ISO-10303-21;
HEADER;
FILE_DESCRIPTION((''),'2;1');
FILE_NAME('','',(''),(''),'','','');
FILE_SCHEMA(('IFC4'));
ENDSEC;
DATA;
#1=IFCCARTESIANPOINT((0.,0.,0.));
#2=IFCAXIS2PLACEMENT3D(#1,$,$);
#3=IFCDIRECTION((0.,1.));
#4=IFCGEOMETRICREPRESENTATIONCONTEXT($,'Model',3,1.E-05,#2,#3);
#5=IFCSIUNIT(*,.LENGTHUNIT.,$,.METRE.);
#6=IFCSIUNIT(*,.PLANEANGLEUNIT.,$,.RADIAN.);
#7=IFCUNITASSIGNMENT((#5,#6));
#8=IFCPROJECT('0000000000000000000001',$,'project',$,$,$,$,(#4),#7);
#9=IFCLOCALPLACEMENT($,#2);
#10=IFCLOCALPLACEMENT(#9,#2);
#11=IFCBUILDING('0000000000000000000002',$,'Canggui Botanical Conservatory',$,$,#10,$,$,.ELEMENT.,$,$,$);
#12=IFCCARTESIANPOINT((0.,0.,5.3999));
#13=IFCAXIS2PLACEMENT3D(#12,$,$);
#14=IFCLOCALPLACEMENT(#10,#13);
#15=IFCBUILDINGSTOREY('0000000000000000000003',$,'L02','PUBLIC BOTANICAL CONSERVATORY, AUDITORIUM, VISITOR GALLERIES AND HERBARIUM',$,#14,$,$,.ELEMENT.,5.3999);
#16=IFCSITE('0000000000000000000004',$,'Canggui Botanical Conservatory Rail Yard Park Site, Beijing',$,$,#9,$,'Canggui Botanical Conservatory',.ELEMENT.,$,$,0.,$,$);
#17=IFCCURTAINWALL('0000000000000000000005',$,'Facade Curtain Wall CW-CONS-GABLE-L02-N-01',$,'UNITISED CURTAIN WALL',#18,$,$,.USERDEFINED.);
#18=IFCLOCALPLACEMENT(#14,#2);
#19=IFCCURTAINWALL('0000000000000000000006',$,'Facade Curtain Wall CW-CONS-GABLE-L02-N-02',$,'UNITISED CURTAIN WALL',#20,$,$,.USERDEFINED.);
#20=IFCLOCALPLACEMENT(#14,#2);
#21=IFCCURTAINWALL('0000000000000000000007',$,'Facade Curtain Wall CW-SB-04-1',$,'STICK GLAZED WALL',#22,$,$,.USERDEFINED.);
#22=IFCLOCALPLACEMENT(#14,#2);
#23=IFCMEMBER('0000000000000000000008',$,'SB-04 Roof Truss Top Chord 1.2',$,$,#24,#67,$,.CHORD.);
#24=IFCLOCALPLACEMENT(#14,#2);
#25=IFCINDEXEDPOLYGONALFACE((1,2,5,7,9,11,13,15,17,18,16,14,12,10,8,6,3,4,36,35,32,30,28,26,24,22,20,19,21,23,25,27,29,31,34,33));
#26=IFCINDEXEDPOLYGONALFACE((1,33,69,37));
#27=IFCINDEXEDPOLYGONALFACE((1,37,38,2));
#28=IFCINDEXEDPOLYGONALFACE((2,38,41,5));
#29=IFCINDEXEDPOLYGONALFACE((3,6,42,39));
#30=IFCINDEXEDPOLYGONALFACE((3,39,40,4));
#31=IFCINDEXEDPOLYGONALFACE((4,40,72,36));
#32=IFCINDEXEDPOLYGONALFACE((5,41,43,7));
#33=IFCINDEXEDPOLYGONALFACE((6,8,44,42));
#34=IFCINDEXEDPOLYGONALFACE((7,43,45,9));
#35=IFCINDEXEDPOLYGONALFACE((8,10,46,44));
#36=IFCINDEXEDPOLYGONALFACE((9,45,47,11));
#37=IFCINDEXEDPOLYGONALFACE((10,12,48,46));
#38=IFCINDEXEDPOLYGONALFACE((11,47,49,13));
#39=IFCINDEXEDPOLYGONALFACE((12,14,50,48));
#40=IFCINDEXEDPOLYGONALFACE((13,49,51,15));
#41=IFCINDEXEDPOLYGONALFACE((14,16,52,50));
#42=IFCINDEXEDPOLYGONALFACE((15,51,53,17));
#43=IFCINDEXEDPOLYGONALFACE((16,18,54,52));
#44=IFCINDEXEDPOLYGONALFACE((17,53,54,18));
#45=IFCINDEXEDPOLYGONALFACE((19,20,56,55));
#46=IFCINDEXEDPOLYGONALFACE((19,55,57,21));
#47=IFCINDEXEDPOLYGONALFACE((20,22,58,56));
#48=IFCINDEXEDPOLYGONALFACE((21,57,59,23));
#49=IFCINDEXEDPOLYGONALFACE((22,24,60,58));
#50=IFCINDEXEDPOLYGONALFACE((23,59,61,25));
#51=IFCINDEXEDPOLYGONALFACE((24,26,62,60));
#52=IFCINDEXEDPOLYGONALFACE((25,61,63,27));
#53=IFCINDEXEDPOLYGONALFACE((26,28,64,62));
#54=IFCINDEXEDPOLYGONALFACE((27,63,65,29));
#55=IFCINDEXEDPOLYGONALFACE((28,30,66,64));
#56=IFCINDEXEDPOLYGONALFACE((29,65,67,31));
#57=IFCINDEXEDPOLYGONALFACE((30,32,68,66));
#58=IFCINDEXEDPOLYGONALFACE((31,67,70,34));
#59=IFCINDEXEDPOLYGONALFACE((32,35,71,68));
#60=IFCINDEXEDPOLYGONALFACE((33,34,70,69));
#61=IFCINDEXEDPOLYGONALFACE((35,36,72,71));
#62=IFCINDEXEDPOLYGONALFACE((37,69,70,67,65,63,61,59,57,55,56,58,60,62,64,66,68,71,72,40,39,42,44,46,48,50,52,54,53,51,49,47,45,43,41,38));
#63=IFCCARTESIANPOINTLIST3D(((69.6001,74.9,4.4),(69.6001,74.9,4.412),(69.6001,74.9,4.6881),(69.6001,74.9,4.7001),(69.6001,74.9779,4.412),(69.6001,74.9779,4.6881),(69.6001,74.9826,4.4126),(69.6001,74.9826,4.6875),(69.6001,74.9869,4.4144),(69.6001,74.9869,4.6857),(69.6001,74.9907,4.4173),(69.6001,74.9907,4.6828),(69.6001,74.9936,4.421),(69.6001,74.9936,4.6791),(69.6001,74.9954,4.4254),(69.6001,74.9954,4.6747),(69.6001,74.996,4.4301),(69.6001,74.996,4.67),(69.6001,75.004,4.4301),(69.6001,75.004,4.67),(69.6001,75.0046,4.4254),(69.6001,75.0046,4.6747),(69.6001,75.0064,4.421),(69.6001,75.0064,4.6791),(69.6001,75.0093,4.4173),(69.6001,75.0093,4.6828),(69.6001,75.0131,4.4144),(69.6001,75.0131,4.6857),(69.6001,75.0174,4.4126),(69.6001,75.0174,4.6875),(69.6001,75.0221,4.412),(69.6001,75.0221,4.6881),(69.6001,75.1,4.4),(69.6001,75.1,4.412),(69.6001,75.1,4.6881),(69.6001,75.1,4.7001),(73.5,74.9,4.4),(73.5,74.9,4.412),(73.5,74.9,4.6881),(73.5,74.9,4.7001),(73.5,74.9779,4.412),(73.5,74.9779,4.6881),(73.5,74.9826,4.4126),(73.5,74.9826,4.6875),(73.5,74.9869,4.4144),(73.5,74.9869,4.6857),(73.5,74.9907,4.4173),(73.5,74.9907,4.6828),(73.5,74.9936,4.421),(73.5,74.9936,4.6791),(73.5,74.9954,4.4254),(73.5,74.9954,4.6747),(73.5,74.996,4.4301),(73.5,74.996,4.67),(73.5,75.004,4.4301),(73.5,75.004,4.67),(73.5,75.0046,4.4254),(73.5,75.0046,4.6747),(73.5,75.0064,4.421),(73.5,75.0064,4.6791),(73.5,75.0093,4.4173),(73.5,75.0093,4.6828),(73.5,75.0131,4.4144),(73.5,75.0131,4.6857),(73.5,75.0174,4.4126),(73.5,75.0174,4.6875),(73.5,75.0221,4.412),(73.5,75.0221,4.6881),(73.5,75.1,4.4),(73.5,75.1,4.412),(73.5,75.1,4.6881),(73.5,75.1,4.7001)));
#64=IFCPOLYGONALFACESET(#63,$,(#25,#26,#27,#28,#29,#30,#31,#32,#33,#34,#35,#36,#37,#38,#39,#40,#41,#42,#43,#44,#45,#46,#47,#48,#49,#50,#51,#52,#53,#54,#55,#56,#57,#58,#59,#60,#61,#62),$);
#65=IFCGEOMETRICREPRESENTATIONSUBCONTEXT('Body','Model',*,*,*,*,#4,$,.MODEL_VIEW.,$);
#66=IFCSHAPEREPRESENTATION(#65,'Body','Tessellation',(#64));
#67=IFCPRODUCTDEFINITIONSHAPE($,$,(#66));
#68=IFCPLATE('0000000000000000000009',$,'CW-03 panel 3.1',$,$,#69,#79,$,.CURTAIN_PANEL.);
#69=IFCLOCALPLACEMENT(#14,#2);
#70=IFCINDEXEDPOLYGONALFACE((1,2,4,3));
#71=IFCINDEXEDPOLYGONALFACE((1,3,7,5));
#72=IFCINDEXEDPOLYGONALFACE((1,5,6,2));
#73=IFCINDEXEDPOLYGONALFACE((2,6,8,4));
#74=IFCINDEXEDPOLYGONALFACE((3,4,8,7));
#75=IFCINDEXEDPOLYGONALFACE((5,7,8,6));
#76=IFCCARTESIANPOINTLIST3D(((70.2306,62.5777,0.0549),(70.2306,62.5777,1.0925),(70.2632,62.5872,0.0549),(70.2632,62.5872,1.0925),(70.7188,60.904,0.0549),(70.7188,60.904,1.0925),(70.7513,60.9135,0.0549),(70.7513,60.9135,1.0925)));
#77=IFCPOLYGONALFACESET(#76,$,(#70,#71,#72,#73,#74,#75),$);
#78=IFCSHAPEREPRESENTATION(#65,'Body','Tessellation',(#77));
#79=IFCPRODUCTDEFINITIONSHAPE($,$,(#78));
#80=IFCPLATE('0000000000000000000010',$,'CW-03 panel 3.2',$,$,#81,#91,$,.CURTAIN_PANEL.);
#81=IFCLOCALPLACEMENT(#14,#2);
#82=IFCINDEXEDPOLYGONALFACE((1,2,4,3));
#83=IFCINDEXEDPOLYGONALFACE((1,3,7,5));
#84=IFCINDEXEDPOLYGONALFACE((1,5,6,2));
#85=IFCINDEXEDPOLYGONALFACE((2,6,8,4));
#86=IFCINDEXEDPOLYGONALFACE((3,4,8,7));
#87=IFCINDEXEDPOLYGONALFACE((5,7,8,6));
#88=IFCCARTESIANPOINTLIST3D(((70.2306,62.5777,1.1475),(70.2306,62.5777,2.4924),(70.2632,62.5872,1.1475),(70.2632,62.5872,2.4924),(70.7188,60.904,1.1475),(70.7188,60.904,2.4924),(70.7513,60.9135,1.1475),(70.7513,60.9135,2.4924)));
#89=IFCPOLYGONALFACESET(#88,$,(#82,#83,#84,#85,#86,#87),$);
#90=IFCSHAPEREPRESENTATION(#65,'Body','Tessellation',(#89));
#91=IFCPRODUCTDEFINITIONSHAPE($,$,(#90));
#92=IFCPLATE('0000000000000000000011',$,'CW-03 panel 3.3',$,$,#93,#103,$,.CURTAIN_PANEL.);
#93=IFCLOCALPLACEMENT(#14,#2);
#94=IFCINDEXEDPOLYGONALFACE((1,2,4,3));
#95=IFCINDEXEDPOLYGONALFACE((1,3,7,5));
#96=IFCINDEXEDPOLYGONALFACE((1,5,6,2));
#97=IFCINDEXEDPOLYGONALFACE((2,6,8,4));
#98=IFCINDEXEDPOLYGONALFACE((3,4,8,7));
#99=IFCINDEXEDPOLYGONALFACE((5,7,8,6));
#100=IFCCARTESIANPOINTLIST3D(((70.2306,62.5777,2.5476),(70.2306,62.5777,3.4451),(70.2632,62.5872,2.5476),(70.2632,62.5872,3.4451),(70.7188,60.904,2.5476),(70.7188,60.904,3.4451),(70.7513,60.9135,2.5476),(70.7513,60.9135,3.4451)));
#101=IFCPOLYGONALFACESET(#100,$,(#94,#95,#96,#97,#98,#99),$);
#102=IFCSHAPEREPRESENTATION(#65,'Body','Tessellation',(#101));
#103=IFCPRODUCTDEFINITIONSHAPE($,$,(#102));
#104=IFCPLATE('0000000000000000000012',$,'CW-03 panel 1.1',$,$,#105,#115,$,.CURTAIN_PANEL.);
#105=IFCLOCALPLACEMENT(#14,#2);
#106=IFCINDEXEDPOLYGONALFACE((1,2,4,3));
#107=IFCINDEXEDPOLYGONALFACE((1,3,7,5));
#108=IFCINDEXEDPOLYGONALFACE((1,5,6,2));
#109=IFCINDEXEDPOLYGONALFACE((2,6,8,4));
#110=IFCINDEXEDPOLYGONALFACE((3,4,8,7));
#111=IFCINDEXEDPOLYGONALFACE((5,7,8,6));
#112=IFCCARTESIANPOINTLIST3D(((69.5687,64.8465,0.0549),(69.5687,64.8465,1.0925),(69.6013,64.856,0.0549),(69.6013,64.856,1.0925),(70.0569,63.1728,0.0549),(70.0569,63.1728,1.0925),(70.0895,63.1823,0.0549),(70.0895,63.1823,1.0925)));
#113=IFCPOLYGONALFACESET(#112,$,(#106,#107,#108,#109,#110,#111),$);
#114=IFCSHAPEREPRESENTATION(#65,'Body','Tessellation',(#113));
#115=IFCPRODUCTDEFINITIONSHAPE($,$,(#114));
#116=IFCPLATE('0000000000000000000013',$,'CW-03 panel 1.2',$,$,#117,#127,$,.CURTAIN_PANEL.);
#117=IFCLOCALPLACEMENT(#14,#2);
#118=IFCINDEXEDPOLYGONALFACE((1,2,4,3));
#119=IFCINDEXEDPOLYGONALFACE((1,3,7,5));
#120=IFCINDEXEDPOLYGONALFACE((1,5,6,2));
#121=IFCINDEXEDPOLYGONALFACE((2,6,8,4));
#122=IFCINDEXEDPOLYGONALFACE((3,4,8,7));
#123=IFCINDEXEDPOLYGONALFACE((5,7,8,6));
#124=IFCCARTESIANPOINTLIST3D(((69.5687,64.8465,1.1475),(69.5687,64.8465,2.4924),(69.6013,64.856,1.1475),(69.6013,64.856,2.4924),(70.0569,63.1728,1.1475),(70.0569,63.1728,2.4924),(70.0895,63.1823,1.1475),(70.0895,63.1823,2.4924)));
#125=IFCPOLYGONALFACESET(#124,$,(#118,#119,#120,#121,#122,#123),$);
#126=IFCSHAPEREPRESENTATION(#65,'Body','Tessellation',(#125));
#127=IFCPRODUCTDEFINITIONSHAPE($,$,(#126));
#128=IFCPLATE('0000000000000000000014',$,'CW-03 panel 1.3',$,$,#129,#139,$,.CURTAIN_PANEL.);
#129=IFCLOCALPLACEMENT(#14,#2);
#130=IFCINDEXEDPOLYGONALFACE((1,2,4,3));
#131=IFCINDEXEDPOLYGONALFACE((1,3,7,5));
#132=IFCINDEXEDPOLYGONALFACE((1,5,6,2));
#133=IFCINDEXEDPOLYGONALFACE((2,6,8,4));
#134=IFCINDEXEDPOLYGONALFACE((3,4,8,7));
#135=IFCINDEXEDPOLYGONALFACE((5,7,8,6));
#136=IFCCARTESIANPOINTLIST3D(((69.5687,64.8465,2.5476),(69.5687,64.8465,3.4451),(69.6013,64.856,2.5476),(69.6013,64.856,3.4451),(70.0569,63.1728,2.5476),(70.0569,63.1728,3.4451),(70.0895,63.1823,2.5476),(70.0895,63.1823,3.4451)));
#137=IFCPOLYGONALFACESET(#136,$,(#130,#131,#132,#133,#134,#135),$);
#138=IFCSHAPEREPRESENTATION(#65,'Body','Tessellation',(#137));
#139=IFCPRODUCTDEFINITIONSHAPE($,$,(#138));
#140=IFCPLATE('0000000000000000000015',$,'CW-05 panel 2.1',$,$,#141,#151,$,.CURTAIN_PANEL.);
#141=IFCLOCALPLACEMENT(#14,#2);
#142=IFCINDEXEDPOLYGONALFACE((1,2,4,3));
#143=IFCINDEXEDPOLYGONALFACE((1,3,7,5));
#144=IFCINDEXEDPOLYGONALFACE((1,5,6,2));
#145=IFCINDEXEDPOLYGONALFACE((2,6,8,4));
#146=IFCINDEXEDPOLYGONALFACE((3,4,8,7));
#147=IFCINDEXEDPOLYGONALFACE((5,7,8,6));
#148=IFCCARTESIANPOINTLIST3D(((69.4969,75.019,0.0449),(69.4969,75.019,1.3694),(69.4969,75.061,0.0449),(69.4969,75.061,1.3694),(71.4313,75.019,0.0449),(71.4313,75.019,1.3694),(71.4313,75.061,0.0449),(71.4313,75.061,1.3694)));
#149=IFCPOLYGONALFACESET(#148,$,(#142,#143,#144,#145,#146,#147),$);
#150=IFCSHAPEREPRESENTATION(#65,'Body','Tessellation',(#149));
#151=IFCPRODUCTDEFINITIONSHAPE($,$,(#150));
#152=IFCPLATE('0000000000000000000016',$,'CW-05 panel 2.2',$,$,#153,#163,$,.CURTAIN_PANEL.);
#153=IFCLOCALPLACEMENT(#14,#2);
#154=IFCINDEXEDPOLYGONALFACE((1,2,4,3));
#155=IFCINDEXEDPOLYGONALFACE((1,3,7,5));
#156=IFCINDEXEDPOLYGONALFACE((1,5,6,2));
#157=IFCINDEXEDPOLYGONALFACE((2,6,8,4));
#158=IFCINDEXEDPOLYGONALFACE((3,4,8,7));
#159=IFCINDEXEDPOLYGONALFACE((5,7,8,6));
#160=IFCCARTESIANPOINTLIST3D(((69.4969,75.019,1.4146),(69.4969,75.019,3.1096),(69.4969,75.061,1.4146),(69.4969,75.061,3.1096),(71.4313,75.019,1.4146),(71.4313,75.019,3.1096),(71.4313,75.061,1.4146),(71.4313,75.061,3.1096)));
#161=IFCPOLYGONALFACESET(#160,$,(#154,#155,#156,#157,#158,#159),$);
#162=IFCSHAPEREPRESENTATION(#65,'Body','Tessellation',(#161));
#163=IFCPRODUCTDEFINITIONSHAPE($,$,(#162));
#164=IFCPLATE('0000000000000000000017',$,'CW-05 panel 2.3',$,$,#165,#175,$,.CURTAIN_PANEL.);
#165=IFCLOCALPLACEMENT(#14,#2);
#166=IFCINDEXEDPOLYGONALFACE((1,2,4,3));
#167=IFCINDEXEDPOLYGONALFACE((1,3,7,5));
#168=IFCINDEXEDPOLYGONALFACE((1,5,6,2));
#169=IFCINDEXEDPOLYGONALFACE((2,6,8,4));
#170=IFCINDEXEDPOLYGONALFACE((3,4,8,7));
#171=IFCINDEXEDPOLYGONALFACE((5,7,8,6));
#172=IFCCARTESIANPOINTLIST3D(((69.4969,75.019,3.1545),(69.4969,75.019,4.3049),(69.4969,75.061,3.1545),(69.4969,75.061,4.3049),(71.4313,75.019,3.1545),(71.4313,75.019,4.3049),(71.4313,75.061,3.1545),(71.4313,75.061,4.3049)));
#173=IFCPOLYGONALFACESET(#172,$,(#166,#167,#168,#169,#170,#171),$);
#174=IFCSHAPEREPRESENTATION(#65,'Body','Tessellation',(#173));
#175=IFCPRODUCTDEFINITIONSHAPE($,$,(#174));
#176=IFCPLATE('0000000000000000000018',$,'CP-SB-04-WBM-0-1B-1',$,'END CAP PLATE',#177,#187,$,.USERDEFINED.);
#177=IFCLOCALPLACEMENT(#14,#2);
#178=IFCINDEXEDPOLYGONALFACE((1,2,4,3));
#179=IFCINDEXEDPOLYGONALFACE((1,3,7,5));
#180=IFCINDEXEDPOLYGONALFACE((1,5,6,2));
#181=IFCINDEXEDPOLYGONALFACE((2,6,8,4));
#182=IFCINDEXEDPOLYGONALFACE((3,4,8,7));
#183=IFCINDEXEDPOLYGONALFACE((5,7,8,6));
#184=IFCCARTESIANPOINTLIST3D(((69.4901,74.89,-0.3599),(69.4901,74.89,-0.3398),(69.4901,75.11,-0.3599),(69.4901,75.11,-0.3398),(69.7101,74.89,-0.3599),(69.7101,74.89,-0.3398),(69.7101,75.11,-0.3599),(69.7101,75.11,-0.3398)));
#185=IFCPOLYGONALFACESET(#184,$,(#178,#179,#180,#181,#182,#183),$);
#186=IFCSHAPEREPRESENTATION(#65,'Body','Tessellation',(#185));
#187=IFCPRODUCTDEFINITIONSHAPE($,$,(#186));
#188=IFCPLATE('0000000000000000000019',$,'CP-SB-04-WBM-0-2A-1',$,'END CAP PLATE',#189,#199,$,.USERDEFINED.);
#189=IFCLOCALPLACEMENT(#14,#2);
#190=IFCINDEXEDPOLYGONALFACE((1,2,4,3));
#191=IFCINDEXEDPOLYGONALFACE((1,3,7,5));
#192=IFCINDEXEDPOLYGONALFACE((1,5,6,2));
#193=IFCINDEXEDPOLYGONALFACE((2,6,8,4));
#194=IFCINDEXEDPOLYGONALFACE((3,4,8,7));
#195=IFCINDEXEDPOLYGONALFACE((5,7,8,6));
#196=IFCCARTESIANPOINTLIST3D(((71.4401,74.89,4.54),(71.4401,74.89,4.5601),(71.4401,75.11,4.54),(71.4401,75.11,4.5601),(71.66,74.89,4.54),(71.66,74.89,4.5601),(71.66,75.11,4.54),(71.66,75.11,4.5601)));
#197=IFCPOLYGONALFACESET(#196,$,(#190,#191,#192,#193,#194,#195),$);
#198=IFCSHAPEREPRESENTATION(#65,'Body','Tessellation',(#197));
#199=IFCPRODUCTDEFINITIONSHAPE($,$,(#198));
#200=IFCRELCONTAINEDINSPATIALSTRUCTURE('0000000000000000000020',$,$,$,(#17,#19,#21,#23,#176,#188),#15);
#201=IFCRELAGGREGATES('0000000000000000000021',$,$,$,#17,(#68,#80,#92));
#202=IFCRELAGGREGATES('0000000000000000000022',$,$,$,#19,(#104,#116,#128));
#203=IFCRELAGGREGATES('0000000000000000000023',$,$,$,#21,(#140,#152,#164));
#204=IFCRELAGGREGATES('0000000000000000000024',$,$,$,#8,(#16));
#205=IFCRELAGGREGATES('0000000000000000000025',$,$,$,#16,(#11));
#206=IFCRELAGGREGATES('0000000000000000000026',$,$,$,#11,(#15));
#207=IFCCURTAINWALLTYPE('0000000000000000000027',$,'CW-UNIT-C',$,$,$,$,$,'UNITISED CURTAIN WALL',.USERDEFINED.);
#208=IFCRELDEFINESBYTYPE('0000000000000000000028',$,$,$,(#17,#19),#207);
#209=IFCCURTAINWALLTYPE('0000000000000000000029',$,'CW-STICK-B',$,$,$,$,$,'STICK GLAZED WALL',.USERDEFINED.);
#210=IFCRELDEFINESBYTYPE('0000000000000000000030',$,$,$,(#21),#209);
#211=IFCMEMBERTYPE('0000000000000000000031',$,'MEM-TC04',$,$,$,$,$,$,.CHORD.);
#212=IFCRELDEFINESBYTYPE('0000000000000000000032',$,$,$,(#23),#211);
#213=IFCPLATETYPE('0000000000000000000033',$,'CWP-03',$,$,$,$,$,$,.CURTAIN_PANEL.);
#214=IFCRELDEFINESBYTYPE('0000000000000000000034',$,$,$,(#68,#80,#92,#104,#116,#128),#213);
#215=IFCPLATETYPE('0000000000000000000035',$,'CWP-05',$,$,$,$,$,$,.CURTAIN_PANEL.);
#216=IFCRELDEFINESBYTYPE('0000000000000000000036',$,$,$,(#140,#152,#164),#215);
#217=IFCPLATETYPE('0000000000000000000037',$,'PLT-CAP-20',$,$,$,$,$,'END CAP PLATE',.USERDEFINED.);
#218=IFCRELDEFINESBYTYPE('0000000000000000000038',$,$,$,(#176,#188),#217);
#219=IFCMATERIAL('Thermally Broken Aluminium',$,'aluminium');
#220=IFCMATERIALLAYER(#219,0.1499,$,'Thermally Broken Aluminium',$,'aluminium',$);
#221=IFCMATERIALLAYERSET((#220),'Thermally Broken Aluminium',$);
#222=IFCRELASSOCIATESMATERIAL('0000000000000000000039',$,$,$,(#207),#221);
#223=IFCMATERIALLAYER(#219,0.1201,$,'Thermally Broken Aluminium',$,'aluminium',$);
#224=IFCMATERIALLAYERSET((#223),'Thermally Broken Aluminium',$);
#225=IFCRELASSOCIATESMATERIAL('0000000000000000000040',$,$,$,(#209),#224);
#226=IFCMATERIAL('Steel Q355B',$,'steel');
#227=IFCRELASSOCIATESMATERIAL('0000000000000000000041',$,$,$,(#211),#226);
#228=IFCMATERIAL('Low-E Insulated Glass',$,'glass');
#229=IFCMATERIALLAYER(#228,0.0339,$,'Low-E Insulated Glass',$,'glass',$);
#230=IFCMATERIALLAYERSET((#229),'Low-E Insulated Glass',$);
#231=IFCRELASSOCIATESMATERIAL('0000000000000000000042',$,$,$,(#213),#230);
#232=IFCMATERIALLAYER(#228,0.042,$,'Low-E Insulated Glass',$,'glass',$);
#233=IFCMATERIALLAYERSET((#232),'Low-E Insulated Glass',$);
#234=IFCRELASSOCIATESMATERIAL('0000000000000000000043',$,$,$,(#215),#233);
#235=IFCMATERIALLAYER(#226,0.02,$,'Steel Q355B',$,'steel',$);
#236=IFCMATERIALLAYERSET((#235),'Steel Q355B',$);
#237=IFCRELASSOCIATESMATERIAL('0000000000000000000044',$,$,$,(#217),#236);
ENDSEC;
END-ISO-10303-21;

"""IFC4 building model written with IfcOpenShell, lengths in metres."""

from ifc_helpers import new_model, si_unit, direction, frame, origin, origin_2d, place, context, subcontext, project, spatial, rectangle, i_section, extrude, material, layer, layer_set, material_profile, profile_set, type_object, element, aggregate, save


model = new_model("IFC4")

# Units and contexts
model_context = context("Model", 3, precision=1e-05, world=origin(), true_north=direction((0.0, 1.0)))
body_context = subcontext(model_context, "Body", "Model", "MODEL_VIEW")
ifc_project = project(units=[si_unit("LENGTHUNIT", "METRE"), si_unit("PLANEANGLEUNIT", "RADIAN")], contexts=[model_context])

# Site, building, storey
site_placement = place(None, origin())
site = spatial("IfcSite", under=ifc_project, at=site_placement, Name="Canggui Botanical Conservatory Rail Yard Park Site, Beijing", LongName="Canggui Botanical Conservatory", CompositionType="ELEMENT", RefElevation=0.0)
building_placement = place(site_placement, origin())
building = spatial("IfcBuilding", under=site, at=building_placement, Name="Canggui Botanical Conservatory", CompositionType="ELEMENT")
storey_placement = place(building_placement, frame((0.0, 0.0, 5.3999)))
storey = spatial("IfcBuildingStorey", under=building, at=storey_placement, Name="L02", Description="PUBLIC BOTANICAL CONSERVATORY, AUDITORIUM, VISITOR GALLERIES AND HERBARIUM", CompositionType="ELEMENT", Elevation=5.3999)

# Shared definitions
ifc_material_1 = material(Name="Steel Q355B", Category="steel")

# Curtain wall
ifc_material_2 = material(Name="Thermally Broken Aluminium", Category="aluminium")
ifc_layer_1 = layer(ifc_material_2, 0.1499, Name="Thermally Broken Aluminium", Category="aluminium")
ifc_layer_set_1 = layer_set([ifc_layer_1], Name="Thermally Broken Aluminium")
curtain_wall_type_1 = type_object("IfcCurtainWallType", Name="CW-UNIT-C", ElementType="UNITISED CURTAIN WALL", PredefinedType="USERDEFINED", material=ifc_layer_set_1)
curtain_wall_1_placement = place(storey_placement, origin())
curtain_wall_1 = element("IfcCurtainWall", 1, at=curtain_wall_1_placement, inside=storey, type_object=curtain_wall_type_1, Name="Facade Curtain Wall CW-CONS-GABLE-L02-N-01", ObjectType="UNITISED CURTAIN WALL", PredefinedType="USERDEFINED")

# Curtain wall
curtain_wall_2_placement = place(storey_placement, origin())
curtain_wall_2 = element("IfcCurtainWall", 2, at=curtain_wall_2_placement, inside=storey, type_object=curtain_wall_type_1, Name="Facade Curtain Wall CW-CONS-GABLE-L02-N-02", ObjectType="UNITISED CURTAIN WALL", PredefinedType="USERDEFINED")

# Curtain wall
ifc_layer_2 = layer(ifc_material_2, 0.1201, Name="Thermally Broken Aluminium", Category="aluminium")
ifc_layer_set_2 = layer_set([ifc_layer_2], Name="Thermally Broken Aluminium")
curtain_wall_type_2 = type_object("IfcCurtainWallType", Name="CW-STICK-B", ElementType="STICK GLAZED WALL", PredefinedType="USERDEFINED", material=ifc_layer_set_2)
curtain_wall_3_placement = place(storey_placement, origin())
curtain_wall_3 = element("IfcCurtainWall", 3, at=curtain_wall_3_placement, inside=storey, type_object=curtain_wall_type_2, Name="Facade Curtain Wall CW-SB-04-1", ObjectType="STICK GLAZED WALL", PredefinedType="USERDEFINED")

# Member
ifc_material_profile_1 = material_profile(ifc_material_1, i_section(OverallWidth=0.2, OverallDepth=0.3, WebThickness=0.0081, FlangeThickness=0.012, FilletRadius=0.0181, at=origin_2d()), Name="HM 300x200x8x12")
ifc_profile_set_1 = profile_set([ifc_material_profile_1], Name="Steel Q355B")
member_type_1 = type_object("IfcMemberType", Name="MEM-TC04", PredefinedType="CHORD", material=ifc_profile_set_1)
member_1_placement = place(storey_placement, frame((69.6001, 75.0, 4.55), z_axis=(1.0, 0.0, 0.0), x_axis=(0.0, 1.0, 0.0)))
element("IfcMember", 4, at=member_1_placement, inside=storey, type_object=member_type_1, Name="SB-04 Roof Truss Top Chord 1.2", PredefinedType="CHORD", context=body_context, shape_type="SweptSolid", body=[
    extrude(i_section(OverallWidth=0.2, OverallDepth=0.3, WebThickness=0.0081, FlangeThickness=0.012, FilletRadius=0.0181, at=origin_2d()), origin(), (0.0, 0.0, 1.0), 3.8999),
])

# Plates
ifc_material_3 = material(Name="Low-E Insulated Glass", Category="glass")
ifc_layer_3 = layer(ifc_material_3, 0.0339, Name="Low-E Insulated Glass", Category="glass")
ifc_layer_set_3 = layer_set([ifc_layer_3], Name="Low-E Insulated Glass")
plate_type_1 = type_object("IfcPlateType", Name="CWP-03", PredefinedType="CURTAIN_PANEL", material=ifc_layer_set_3)
plate_1_placement = place(storey_placement, frame((70.491, 61.7456, 0.0549), z_axis=(0.0, 0.0, 1.0), x_axis=(-0.28, 0.96, 0.0)))
plate_1 = element("IfcPlate", 5, at=plate_1_placement, type_object=plate_type_1, Name="CW-03 panel 3.1", PredefinedType="CURTAIN_PANEL", context=body_context, shape_type="SweptSolid", body=[
    extrude(rectangle(XDim=1.7434, YDim=0.0339, at=origin_2d()), origin(), (0.0, 0.0, 1.0), 1.0376),
])
plate_2_placement = place(storey_placement, frame((70.491, 61.7456, 1.1475), z_axis=(0.0, 0.0, 1.0), x_axis=(-0.28, 0.96, 0.0)))
plate_2 = element("IfcPlate", 6, at=plate_2_placement, type_object=plate_type_1, Name="CW-03 panel 3.2", PredefinedType="CURTAIN_PANEL", context=body_context, shape_type="SweptSolid", body=[
    extrude(rectangle(XDim=1.7434, YDim=0.0339, at=origin_2d()), origin(), (0.0, 0.0, 1.0), 1.345),
])
plate_3_placement = place(storey_placement, frame((70.491, 61.7456, 2.5476), z_axis=(0.0, 0.0, 1.0), x_axis=(-0.28, 0.96, 0.0)))
plate_3 = element("IfcPlate", 7, at=plate_3_placement, type_object=plate_type_1, Name="CW-03 panel 3.3", PredefinedType="CURTAIN_PANEL", context=body_context, shape_type="SweptSolid", body=[
    extrude(rectangle(XDim=1.7434, YDim=0.0339, at=origin_2d()), origin(), (0.0, 0.0, 1.0), 0.8975),
])
aggregate(curtain_wall_1, [plate_1, plate_2, plate_3])
plate_4_placement = place(storey_placement, frame((69.8291, 64.0144, 0.0549), z_axis=(0.0, 0.0, 1.0), x_axis=(-0.28, 0.96, 0.0)))
plate_4 = element("IfcPlate", 8, at=plate_4_placement, type_object=plate_type_1, Name="CW-03 panel 1.1", PredefinedType="CURTAIN_PANEL", context=body_context, shape_type="SweptSolid", body=[
    extrude(rectangle(XDim=1.7434, YDim=0.0339, at=origin_2d()), origin(), (0.0, 0.0, 1.0), 1.0376),
])
plate_5_placement = place(storey_placement, frame((69.8291, 64.0144, 1.1475), z_axis=(0.0, 0.0, 1.0), x_axis=(-0.28, 0.96, 0.0)))
plate_5 = element("IfcPlate", 9, at=plate_5_placement, type_object=plate_type_1, Name="CW-03 panel 1.2", PredefinedType="CURTAIN_PANEL", context=body_context, shape_type="SweptSolid", body=[
    extrude(rectangle(XDim=1.7434, YDim=0.0339, at=origin_2d()), origin(), (0.0, 0.0, 1.0), 1.345),
])
plate_6_placement = place(storey_placement, frame((69.8291, 64.0144, 2.5476), z_axis=(0.0, 0.0, 1.0), x_axis=(-0.28, 0.96, 0.0)))
plate_6 = element("IfcPlate", 10, at=plate_6_placement, type_object=plate_type_1, Name="CW-03 panel 1.3", PredefinedType="CURTAIN_PANEL", context=body_context, shape_type="SweptSolid", body=[
    extrude(rectangle(XDim=1.7434, YDim=0.0339, at=origin_2d()), origin(), (0.0, 0.0, 1.0), 0.8975),
])
aggregate(curtain_wall_2, [plate_4, plate_5, plate_6])
ifc_layer_4 = layer(ifc_material_3, 0.042, Name="Low-E Insulated Glass", Category="glass")
ifc_layer_set_4 = layer_set([ifc_layer_4], Name="Low-E Insulated Glass")
plate_type_2 = type_object("IfcPlateType", Name="CWP-05", PredefinedType="CURTAIN_PANEL", material=ifc_layer_set_4)
plate_7_placement = place(storey_placement, frame((70.4641, 75.04, 0.0449), z_axis=(0.0, 0.0, 1.0), x_axis=(1.0, 0.0, 0.0)))
plate_7 = element("IfcPlate", 11, at=plate_7_placement, type_object=plate_type_2, Name="CW-05 panel 2.1", PredefinedType="CURTAIN_PANEL", context=body_context, shape_type="SweptSolid", body=[
    extrude(rectangle(XDim=1.9343, YDim=0.042, at=origin_2d()), origin(), (0.0, 0.0, 1.0), 1.3245),
])
plate_8_placement = place(storey_placement, frame((70.4641, 75.04, 1.4146), z_axis=(0.0, 0.0, 1.0), x_axis=(1.0, 0.0, 0.0)))
plate_8 = element("IfcPlate", 12, at=plate_8_placement, type_object=plate_type_2, Name="CW-05 panel 2.2", PredefinedType="CURTAIN_PANEL", context=body_context, shape_type="SweptSolid", body=[
    extrude(rectangle(XDim=1.9343, YDim=0.042, at=origin_2d()), origin(), (0.0, 0.0, 1.0), 1.6951),
])
plate_9_placement = place(storey_placement, frame((70.4641, 75.04, 3.1545), z_axis=(0.0, 0.0, 1.0), x_axis=(1.0, 0.0, 0.0)))
plate_9 = element("IfcPlate", 13, at=plate_9_placement, type_object=plate_type_2, Name="CW-05 panel 2.3", PredefinedType="CURTAIN_PANEL", context=body_context, shape_type="SweptSolid", body=[
    extrude(rectangle(XDim=1.9343, YDim=0.042, at=origin_2d()), origin(), (0.0, 0.0, 1.0), 1.1504),
])
aggregate(curtain_wall_3, [plate_7, plate_8, plate_9])

# Plates
ifc_layer_5 = layer(ifc_material_1, 0.02, Name="Steel Q355B", Category="steel")
ifc_layer_set_5 = layer_set([ifc_layer_5], Name="Steel Q355B")
plate_type_3 = type_object("IfcPlateType", Name="PLT-CAP-20", ElementType="END CAP PLATE", PredefinedType="USERDEFINED", material=ifc_layer_set_5)
for number, where, z_axis, x_axis, name in (
    (14, (69.6001, 75.0, -0.3599), (0.0, 0.0, 1.0), (1.0, 0.0, 0.0), "CP-SB-04-WBM-0-1B-1"),
    (15, (71.55, 75.0, 4.54), (0.0, 0.0, 1.0), (1.0, 0.0, 0.0), "CP-SB-04-WBM-0-2A-1"),
):
    element("IfcPlate", number, at=place(storey_placement, frame(where, z_axis=z_axis, x_axis=x_axis)), inside=storey, type_object=plate_type_3, Name=name, ObjectType="END CAP PLATE", PredefinedType="USERDEFINED", context=body_context, shape_type="SweptSolid", body=[
        extrude(rectangle(XDim=0.22, YDim=0.22, at=origin_2d()), origin(), (0.0, 0.0, 1.0), 0.02),
    ])

save(model, "model.ifc")
